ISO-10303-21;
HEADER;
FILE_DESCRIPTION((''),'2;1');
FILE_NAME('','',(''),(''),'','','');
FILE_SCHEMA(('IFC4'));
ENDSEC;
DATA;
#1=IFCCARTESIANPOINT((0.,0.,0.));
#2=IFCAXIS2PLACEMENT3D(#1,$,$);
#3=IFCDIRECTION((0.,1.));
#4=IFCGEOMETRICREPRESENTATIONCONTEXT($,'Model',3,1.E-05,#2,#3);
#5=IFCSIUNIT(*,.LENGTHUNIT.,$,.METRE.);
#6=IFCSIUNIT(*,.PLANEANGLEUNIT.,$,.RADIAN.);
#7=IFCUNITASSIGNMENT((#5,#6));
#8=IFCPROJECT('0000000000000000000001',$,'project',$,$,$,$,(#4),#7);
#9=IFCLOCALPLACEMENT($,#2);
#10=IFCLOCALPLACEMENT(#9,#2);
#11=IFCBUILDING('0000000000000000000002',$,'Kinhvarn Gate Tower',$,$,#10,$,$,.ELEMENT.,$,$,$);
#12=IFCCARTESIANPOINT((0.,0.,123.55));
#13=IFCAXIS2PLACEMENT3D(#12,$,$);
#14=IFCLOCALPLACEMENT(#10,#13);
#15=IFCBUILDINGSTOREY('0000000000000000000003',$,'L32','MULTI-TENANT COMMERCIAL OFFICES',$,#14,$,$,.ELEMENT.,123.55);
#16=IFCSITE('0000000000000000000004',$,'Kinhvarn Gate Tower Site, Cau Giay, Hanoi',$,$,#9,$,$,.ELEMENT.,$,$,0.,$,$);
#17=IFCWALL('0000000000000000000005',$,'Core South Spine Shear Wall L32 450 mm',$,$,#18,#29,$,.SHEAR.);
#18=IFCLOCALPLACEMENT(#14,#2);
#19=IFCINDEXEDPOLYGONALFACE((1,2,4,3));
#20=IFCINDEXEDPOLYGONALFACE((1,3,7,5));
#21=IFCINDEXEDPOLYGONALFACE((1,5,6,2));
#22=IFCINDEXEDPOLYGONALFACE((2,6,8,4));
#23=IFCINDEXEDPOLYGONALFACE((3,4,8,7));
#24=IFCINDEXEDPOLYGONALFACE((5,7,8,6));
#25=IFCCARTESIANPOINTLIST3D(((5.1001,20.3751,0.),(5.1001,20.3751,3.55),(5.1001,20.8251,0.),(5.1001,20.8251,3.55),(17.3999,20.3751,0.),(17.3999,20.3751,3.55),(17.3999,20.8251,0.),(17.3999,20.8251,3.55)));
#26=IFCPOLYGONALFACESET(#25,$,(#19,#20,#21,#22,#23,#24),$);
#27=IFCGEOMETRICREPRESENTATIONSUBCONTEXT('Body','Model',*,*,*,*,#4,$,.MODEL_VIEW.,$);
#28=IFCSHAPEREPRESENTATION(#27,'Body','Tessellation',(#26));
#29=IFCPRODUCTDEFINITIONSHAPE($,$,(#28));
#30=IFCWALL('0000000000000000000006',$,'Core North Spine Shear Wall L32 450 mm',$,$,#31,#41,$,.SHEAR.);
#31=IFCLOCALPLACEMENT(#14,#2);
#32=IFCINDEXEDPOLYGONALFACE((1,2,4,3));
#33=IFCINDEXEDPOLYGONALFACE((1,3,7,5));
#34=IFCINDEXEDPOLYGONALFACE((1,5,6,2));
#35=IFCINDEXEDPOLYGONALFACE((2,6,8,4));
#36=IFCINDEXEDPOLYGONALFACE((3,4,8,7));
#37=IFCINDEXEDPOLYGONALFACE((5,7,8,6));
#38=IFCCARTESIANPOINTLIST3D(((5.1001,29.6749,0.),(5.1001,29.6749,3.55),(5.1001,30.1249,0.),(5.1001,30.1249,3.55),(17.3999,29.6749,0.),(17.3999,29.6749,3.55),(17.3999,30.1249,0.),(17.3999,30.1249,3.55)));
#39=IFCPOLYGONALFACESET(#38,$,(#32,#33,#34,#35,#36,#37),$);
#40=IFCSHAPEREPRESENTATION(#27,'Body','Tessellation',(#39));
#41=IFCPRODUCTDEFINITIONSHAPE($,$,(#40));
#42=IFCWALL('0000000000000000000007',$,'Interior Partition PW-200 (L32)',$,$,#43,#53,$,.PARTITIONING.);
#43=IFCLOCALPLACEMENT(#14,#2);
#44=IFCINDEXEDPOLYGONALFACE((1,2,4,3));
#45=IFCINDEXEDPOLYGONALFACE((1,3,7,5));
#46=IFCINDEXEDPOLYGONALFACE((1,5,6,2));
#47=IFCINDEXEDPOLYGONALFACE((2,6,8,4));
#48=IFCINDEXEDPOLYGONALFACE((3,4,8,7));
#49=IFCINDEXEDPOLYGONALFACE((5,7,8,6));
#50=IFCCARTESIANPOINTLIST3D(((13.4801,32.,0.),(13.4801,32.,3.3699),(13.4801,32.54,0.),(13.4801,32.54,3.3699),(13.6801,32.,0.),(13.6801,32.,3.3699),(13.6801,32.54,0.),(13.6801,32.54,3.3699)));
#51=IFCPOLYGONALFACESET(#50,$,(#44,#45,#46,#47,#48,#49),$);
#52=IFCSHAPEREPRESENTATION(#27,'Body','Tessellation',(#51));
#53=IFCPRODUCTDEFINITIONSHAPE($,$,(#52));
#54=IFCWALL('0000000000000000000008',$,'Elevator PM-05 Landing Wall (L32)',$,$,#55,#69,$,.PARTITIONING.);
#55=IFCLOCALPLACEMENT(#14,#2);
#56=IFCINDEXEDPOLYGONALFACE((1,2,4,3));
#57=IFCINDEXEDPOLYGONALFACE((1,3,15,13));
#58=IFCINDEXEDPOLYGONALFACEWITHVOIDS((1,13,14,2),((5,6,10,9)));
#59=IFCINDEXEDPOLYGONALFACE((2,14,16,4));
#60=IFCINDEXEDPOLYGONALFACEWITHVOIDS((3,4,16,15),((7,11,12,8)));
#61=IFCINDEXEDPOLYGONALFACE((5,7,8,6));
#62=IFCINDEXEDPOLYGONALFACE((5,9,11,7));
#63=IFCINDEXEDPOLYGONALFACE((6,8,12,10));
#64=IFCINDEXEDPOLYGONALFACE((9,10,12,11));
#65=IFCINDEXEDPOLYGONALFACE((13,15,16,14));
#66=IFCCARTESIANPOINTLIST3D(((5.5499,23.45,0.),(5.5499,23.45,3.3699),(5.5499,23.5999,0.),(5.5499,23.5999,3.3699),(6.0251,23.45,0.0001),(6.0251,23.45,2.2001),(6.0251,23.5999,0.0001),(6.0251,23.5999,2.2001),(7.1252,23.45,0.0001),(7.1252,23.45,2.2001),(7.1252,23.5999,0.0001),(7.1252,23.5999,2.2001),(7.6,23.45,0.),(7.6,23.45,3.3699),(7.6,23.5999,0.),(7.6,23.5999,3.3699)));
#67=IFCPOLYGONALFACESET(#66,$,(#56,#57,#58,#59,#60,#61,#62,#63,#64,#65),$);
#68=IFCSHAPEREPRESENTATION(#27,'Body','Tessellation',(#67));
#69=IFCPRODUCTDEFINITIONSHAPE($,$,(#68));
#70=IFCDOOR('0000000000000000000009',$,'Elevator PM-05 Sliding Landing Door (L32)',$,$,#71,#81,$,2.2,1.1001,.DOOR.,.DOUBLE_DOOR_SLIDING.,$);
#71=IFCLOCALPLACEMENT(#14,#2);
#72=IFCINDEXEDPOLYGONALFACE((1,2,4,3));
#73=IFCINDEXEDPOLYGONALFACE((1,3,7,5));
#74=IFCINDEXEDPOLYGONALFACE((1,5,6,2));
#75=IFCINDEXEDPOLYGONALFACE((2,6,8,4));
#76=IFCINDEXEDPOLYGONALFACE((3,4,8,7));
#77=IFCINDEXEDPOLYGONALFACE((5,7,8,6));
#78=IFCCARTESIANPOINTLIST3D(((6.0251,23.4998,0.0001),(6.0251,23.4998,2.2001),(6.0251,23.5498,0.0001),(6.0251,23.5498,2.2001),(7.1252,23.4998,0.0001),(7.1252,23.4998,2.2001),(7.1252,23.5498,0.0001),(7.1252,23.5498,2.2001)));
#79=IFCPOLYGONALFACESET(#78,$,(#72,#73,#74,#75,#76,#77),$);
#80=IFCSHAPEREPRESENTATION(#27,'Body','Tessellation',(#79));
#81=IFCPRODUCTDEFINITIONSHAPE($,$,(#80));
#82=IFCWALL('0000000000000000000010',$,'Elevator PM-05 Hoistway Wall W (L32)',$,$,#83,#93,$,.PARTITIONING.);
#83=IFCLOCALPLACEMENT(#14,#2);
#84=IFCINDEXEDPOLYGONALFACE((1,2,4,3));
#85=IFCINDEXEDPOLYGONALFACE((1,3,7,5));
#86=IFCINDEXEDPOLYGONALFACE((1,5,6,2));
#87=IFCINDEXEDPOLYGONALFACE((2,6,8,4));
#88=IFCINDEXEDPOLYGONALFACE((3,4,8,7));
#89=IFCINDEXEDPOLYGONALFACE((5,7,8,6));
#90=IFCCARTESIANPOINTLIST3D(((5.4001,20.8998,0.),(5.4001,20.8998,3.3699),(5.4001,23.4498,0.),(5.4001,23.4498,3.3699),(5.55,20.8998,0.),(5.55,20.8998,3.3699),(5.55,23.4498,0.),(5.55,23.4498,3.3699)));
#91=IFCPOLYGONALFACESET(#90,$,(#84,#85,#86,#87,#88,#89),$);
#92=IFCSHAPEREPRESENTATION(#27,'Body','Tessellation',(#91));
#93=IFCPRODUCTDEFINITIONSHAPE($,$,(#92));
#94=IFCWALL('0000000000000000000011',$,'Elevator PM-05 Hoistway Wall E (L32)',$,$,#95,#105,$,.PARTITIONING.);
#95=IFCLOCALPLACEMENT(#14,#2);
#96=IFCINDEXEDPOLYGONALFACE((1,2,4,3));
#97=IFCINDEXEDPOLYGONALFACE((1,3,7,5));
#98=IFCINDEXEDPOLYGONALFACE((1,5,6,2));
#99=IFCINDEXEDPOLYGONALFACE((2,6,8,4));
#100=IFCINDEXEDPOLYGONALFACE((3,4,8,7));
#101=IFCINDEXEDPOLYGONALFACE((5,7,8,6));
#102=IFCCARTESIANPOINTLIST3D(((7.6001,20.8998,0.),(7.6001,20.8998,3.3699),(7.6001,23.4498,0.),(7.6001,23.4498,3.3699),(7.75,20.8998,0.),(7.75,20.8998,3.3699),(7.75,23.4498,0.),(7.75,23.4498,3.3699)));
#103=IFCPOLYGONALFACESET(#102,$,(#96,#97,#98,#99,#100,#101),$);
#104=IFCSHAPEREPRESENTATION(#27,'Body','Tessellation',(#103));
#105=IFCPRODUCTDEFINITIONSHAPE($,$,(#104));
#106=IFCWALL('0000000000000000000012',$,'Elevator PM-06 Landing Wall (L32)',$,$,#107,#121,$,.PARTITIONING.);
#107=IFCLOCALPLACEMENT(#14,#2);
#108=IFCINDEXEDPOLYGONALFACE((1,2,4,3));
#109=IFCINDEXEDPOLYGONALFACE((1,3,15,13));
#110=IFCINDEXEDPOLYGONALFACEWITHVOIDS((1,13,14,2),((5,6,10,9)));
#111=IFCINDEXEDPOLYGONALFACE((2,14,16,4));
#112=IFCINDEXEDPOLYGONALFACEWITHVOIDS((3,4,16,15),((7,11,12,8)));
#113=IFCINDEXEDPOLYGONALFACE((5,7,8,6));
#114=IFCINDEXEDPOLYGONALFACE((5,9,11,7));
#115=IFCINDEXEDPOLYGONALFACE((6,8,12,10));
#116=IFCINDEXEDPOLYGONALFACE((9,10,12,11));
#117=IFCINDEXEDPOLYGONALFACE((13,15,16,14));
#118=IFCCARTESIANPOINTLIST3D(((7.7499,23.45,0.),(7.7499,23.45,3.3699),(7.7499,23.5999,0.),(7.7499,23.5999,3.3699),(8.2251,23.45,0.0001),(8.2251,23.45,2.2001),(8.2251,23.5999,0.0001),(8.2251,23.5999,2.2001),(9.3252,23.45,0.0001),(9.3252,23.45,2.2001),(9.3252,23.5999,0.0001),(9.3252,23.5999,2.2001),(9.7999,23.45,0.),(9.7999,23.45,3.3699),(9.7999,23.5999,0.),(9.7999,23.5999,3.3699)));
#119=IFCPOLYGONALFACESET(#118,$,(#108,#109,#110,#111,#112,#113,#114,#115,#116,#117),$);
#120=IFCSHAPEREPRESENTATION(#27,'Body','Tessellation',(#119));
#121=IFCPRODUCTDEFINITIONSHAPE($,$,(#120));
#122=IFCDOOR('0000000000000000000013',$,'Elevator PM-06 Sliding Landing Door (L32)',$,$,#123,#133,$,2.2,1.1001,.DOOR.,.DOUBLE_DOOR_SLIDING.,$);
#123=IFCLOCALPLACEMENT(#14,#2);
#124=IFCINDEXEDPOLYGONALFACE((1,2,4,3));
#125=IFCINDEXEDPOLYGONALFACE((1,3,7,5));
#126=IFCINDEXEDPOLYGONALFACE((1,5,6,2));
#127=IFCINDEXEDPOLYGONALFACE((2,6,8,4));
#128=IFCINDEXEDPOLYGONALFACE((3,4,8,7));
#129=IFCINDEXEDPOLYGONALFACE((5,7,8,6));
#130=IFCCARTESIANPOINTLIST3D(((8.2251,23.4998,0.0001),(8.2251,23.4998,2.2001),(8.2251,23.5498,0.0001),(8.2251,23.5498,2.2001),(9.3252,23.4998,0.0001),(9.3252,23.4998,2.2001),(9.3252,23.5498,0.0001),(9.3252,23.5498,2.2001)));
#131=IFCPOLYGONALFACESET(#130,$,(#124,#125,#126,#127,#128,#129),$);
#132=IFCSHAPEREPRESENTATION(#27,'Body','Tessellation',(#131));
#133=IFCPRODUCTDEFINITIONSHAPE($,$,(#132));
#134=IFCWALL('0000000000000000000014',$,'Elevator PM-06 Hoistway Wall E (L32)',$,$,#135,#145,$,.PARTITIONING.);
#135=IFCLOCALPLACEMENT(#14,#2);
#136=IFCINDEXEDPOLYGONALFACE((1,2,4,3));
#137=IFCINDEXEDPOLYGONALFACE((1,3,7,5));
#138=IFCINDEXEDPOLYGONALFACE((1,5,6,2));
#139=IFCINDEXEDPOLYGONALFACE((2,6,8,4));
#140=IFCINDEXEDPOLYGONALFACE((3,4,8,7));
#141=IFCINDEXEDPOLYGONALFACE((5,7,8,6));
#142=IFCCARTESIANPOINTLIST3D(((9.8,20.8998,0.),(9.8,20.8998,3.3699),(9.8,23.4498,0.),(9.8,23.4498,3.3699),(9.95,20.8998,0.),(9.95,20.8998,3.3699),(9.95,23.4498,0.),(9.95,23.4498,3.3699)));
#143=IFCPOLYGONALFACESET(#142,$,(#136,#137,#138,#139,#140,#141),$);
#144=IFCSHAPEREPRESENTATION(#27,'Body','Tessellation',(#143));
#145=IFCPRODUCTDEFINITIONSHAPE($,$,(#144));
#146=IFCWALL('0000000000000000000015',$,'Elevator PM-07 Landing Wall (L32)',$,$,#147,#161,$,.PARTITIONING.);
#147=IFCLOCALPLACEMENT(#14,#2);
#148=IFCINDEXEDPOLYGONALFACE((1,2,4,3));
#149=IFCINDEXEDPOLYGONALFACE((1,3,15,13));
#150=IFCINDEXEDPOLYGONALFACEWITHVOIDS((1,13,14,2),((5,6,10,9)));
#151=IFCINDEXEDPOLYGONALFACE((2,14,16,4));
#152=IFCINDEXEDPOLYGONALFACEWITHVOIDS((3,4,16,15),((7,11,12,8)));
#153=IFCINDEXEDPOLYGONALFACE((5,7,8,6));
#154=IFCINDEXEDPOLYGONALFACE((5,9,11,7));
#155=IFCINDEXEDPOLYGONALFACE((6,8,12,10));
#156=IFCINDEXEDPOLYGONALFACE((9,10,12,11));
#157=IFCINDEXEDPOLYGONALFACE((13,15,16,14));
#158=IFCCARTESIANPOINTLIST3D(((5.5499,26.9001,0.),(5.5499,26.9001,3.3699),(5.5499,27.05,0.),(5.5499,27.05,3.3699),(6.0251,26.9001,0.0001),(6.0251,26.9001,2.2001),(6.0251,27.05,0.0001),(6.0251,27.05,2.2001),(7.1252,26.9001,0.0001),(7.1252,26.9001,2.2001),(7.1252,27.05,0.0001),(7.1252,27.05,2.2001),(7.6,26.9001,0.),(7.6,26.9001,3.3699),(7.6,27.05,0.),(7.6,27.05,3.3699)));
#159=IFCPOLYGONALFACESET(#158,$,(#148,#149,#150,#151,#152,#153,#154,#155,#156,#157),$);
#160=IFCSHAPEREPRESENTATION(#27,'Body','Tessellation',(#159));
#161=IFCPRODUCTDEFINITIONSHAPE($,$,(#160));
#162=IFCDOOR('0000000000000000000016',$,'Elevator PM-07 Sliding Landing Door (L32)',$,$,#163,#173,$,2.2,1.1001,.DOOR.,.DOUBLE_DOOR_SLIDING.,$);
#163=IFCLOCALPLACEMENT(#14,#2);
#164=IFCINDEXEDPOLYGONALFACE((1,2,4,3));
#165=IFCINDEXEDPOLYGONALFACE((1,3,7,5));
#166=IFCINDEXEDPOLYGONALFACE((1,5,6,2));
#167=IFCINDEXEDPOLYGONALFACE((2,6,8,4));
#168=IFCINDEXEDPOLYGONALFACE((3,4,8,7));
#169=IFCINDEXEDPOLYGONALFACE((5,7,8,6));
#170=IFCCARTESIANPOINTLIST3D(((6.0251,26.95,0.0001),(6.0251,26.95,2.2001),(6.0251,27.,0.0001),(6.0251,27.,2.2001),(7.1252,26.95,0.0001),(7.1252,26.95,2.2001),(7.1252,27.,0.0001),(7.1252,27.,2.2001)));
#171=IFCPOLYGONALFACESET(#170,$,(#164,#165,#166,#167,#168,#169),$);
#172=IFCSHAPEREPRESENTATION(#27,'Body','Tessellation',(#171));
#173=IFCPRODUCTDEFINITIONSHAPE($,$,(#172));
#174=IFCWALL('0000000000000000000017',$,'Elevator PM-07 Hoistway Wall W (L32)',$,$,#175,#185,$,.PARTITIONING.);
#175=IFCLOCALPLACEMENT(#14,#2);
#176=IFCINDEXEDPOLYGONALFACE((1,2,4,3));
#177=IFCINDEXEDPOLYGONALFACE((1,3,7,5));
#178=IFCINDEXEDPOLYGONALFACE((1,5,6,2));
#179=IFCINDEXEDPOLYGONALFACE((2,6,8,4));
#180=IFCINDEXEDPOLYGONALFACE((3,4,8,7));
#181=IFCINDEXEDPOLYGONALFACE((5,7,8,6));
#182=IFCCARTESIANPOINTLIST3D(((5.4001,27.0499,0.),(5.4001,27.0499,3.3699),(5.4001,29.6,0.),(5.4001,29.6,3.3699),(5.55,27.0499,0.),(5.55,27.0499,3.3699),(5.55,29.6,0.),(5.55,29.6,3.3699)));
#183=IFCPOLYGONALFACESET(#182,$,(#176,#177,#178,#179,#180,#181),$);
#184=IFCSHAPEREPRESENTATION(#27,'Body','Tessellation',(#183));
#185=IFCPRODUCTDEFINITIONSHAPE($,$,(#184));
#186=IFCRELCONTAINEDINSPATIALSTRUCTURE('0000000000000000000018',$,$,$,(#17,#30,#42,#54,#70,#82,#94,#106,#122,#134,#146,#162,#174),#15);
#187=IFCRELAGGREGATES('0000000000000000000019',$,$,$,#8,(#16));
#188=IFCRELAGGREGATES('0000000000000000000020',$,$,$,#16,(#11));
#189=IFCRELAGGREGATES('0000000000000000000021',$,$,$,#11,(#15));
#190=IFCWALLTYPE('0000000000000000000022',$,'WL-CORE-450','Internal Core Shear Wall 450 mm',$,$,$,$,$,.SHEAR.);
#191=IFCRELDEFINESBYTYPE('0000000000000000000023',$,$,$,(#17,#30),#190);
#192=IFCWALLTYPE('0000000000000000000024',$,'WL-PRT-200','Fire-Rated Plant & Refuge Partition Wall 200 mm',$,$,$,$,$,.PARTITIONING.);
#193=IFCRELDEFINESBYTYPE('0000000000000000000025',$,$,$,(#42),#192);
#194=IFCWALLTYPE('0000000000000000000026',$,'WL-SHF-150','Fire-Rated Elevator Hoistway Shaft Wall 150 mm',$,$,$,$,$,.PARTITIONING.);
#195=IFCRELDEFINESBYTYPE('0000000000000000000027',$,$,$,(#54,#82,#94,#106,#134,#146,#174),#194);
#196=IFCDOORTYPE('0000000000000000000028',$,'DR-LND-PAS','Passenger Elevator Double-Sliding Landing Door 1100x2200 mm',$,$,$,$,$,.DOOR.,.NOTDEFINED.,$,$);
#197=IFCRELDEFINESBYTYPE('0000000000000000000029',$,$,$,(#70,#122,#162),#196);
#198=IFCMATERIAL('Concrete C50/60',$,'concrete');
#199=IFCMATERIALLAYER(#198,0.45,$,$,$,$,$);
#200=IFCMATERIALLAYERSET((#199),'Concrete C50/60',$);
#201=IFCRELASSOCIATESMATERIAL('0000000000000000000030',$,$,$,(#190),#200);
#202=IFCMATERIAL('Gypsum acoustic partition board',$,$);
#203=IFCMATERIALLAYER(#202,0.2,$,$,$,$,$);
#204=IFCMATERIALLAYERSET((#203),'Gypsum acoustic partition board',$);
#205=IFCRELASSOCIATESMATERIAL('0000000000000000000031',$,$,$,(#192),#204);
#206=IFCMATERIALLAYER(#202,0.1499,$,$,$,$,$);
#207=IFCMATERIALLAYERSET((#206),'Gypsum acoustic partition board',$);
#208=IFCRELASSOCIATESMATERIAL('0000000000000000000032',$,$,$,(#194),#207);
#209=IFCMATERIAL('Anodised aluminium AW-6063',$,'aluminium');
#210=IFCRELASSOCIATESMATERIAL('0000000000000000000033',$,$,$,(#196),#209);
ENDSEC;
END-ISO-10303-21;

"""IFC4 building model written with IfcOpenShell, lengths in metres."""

from ifc_helpers import new_model, si_unit, direction, frame, frame_2d, origin, place, context, subcontext, project, spatial, rectangle, extrude, material, layer, layer_set, type_object, element, fill, save


model = new_model("IFC4")

# Units and contexts
model_context = context("Model", 3, precision=1e-05, world=origin(), true_north=direction((0.0, 1.0)))
body_context = subcontext(model_context, "Body", "Model", "MODEL_VIEW")
ifc_project = project(units=[si_unit("LENGTHUNIT", "METRE"), si_unit("PLANEANGLEUNIT", "RADIAN")], contexts=[model_context])

# Site, building, storey
site_placement = place(None, origin())
site = spatial("IfcSite", under=ifc_project, at=site_placement, Name="Kinhvarn Gate Tower Site, Cau Giay, Hanoi", CompositionType="ELEMENT", RefElevation=0.0)
building_placement = place(site_placement, origin())
building = spatial("IfcBuilding", under=site, at=building_placement, Name="Kinhvarn Gate Tower", CompositionType="ELEMENT")
storey_placement = place(building_placement, frame((0.0, 0.0, 123.55)))
storey = spatial("IfcBuildingStorey", under=building, at=storey_placement, Name="L32", Description="MULTI-TENANT COMMERCIAL OFFICES", CompositionType="ELEMENT", Elevation=123.55)

# Walls
ifc_material_1 = material(Name="Concrete C50/60", Category="concrete")
ifc_layer_1 = layer(ifc_material_1, 0.45)
ifc_layer_set_1 = layer_set([ifc_layer_1], Name="Concrete C50/60")
wall_type_1 = type_object("IfcWallType", Name="WL-CORE-450", Description="Internal Core Shear Wall 450 mm", PredefinedType="SHEAR", material=ifc_layer_set_1)
for number, where, z_axis, x_axis, name in (
    (1, (5.1001, 20.6001, 0.0), (0.0, 0.0, 1.0), (1.0, 0.0, 0.0), "Core South Spine Shear Wall L32 450 mm"),
    (2, (5.1001, 29.8999, 0.0), (0.0, 0.0, 1.0), (1.0, 0.0, 0.0), "Core North Spine Shear Wall L32 450 mm"),
):
    element("IfcWall", number, at=place(storey_placement, frame(where, z_axis=z_axis, x_axis=x_axis)), inside=storey, type_object=wall_type_1, Name=name, PredefinedType="SHEAR", context=body_context, shape_type="SweptSolid", body=[
        extrude(rectangle(XDim=12.2998, YDim=0.45, at=frame_2d((6.1499, 0.0))), origin(), (0.0, 0.0, 1.0), 3.55),
    ])
ifc_material_2 = material(Name="Gypsum acoustic partition board")
ifc_layer_2 = layer(ifc_material_2, 0.2)
ifc_layer_set_2 = layer_set([ifc_layer_2], Name="Gypsum acoustic partition board")
wall_type_2 = type_object("IfcWallType", Name="WL-PRT-200", Description="Fire-Rated Plant & Refuge Partition Wall 200 mm", PredefinedType="PARTITIONING", material=ifc_layer_set_2)
wall_1_placement = place(storey_placement, frame((13.5801, 32.0, 0.0), z_axis=(0.0, 0.0, 1.0), x_axis=(0.0, 1.0, 0.0)))
element("IfcWall", 3, at=wall_1_placement, inside=storey, type_object=wall_type_2, Name="Interior Partition PW-200 (L32)", PredefinedType="PARTITIONING", context=body_context, shape_type="SweptSolid", body=[
    extrude(rectangle(XDim=0.54, YDim=0.2, at=frame_2d((0.27, 0.0))), origin(), (0.0, 0.0, 1.0), 3.3699),
])

# Wall, opening, door
ifc_layer_3 = layer(ifc_material_2, 0.1499)
ifc_layer_set_3 = layer_set([ifc_layer_3], Name="Gypsum acoustic partition board")
wall_type_3 = type_object("IfcWallType", Name="WL-SHF-150", Description="Fire-Rated Elevator Hoistway Shaft Wall 150 mm", PredefinedType="PARTITIONING", material=ifc_layer_set_3)
wall_2_placement = place(storey_placement, frame((5.55, 23.5249, 0.0), z_axis=(0.0, 0.0, 1.0), x_axis=(1.0, 0.0, 0.0)))
wall_2 = element("IfcWall", 4, at=wall_2_placement, inside=storey, type_object=wall_type_3, Name="Elevator PM-05 Landing Wall (L32)", PredefinedType="PARTITIONING", context=body_context, shape_type="SweptSolid", body=[
    extrude(rectangle(XDim=2.05, YDim=0.1499, at=frame_2d((1.0249, 0.0))), origin(), (0.0, 0.0, 1.0), 3.3699),
])
opening_1_placement = place(wall_2_placement, frame((0.4751, 0.0, 0.0)))
opening_1 = element("IfcOpeningElement", 5, at=opening_1_placement, cuts=wall_2, PredefinedType="OPENING", context=body_context, shape_type="SweptSolid", body=[
    extrude(rectangle(XDim=1.1001, YDim=2.2, at=frame_2d((0.55, 1.1001))), frame((0.0, 0.085, 0.0), z_axis=(0.0, -1.0, 0.0), x_axis=(1.0, 0.0, 0.0)), (0.0, 0.0, 1.0), 0.1699),
])
ifc_material_3 = material(Name="Anodised aluminium AW-6063", Category="aluminium")
door_type_1 = type_object("IfcDoorType", Name="DR-LND-PAS", Description="Passenger Elevator Double-Sliding Landing Door 1100x2200 mm", OperationType="NOTDEFINED", PredefinedType="DOOR", material=ifc_material_3)
door_1_placement = place(opening_1_placement, origin())
door_1 = element("IfcDoor", 6, at=door_1_placement, inside=storey, type_object=door_type_1, Name="Elevator PM-05 Sliding Landing Door (L32)", OperationType="DOUBLE_DOOR_SLIDING", OverallHeight=2.2, OverallWidth=1.1001, PredefinedType="DOOR", context=body_context, shape_type="SweptSolid", body=[
    extrude(rectangle(XDim=1.1001, YDim=2.2, at=frame_2d((0.55, 1.1001))), frame((0.0, 0.0249, 0.0), z_axis=(0.0, -1.0, 0.0), x_axis=(1.0, 0.0, 0.0)), (0.0, 0.0, 1.0), 0.05),
])
fill(opening_1, door_1)

# Walls
for number, where, z_axis, x_axis, name in (
    (7, (5.4751, 20.8999, 0.0), (0.0, 0.0, 1.0), (0.0, 1.0, 0.0), "Elevator PM-05 Hoistway Wall W (L32)"),
    (8, (7.675, 20.8999, 0.0), (0.0, 0.0, 1.0), (0.0, 1.0, 0.0), "Elevator PM-05 Hoistway Wall E (L32)"),
):
    element("IfcWall", number, at=place(storey_placement, frame(where, z_axis=z_axis, x_axis=x_axis)), inside=storey, type_object=wall_type_3, Name=name, PredefinedType="PARTITIONING", context=body_context, shape_type="SweptSolid", body=[
        extrude(rectangle(XDim=2.55, YDim=0.1499, at=frame_2d((1.2749, 0.0))), origin(), (0.0, 0.0, 1.0), 3.3699),
    ])

# Wall, opening, door
wall_3_placement = place(storey_placement, frame((7.75, 23.5249, 0.0), z_axis=(0.0, 0.0, 1.0), x_axis=(1.0, 0.0, 0.0)))
wall_3 = element("IfcWall", 9, at=wall_3_placement, inside=storey, type_object=wall_type_3, Name="Elevator PM-06 Landing Wall (L32)", PredefinedType="PARTITIONING", context=body_context, shape_type="SweptSolid", body=[
    extrude(rectangle(XDim=2.05, YDim=0.1499, at=frame_2d((1.0249, 0.0))), origin(), (0.0, 0.0, 1.0), 3.3699),
])
opening_2_placement = place(wall_3_placement, frame((0.4751, 0.0, 0.0)))
opening_2 = element("IfcOpeningElement", 10, at=opening_2_placement, cuts=wall_3, PredefinedType="OPENING", context=body_context, shape_type="SweptSolid", body=[
    extrude(rectangle(XDim=1.1001, YDim=2.2, at=frame_2d((0.55, 1.1001))), frame((0.0, 0.085, 0.0), z_axis=(0.0, -1.0, 0.0), x_axis=(1.0, 0.0, 0.0)), (0.0, 0.0, 1.0), 0.1699),
])
door_2_placement = place(opening_2_placement, origin())
door_2 = element("IfcDoor", 11, at=door_2_placement, inside=storey, type_object=door_type_1, Name="Elevator PM-06 Sliding Landing Door (L32)", OperationType="DOUBLE_DOOR_SLIDING", OverallHeight=2.2, OverallWidth=1.1001, PredefinedType="DOOR", context=body_context, shape_type="SweptSolid", body=[
    extrude(rectangle(XDim=1.1001, YDim=2.2, at=frame_2d((0.55, 1.1001))), frame((0.0, 0.0249, 0.0), z_axis=(0.0, -1.0, 0.0), x_axis=(1.0, 0.0, 0.0)), (0.0, 0.0, 1.0), 0.05),
])
fill(opening_2, door_2)

# Wall
wall_4_placement = place(storey_placement, frame((9.875, 20.8999, 0.0), z_axis=(0.0, 0.0, 1.0), x_axis=(0.0, 1.0, 0.0)))
element("IfcWall", 12, at=wall_4_placement, inside=storey, type_object=wall_type_3, Name="Elevator PM-06 Hoistway Wall E (L32)", PredefinedType="PARTITIONING", context=body_context, shape_type="SweptSolid", body=[
    extrude(rectangle(XDim=2.55, YDim=0.1499, at=frame_2d((1.2749, 0.0))), origin(), (0.0, 0.0, 1.0), 3.3699),
])

# Wall, opening, door
wall_5_placement = place(storey_placement, frame((5.55, 26.9751, 0.0), z_axis=(0.0, 0.0, 1.0), x_axis=(1.0, 0.0, 0.0)))
wall_5 = element("IfcWall", 13, at=wall_5_placement, inside=storey, type_object=wall_type_3, Name="Elevator PM-07 Landing Wall (L32)", PredefinedType="PARTITIONING", context=body_context, shape_type="SweptSolid", body=[
    extrude(rectangle(XDim=2.05, YDim=0.1499, at=frame_2d((1.0249, 0.0))), origin(), (0.0, 0.0, 1.0), 3.3699),
])
opening_3_placement = place(wall_5_placement, frame((0.4751, 0.0, 0.0)))
opening_3 = element("IfcOpeningElement", 14, at=opening_3_placement, cuts=wall_5, PredefinedType="OPENING", context=body_context, shape_type="SweptSolid", body=[
    extrude(rectangle(XDim=1.1001, YDim=2.2, at=frame_2d((0.55, 1.1001))), frame((0.0, 0.085, 0.0), z_axis=(0.0, -1.0, 0.0), x_axis=(1.0, 0.0, 0.0)), (0.0, 0.0, 1.0), 0.1699),
])
door_3_placement = place(opening_3_placement, origin())
door_3 = element("IfcDoor", 15, at=door_3_placement, inside=storey, type_object=door_type_1, Name="Elevator PM-07 Sliding Landing Door (L32)", OperationType="DOUBLE_DOOR_SLIDING", OverallHeight=2.2, OverallWidth=1.1001, PredefinedType="DOOR", context=body_context, shape_type="SweptSolid", body=[
    extrude(rectangle(XDim=1.1001, YDim=2.2, at=frame_2d((0.55, 1.1001))), frame((0.0, 0.0249, 0.0), z_axis=(0.0, -1.0, 0.0), x_axis=(1.0, 0.0, 0.0)), (0.0, 0.0, 1.0), 0.05),
])
fill(opening_3, door_3)

# Wall
for number, where, z_axis, x_axis, name in (
    (16, (5.4751, 27.05, 0.0), (0.0, 0.0, 1.0), (0.0, 1.0, 0.0), "Elevator PM-07 Hoistway Wall W (L32)"),
):
    element("IfcWall", number, at=place(storey_placement, frame(where, z_axis=z_axis, x_axis=x_axis)), inside=storey, type_object=wall_type_3, Name=name, PredefinedType="PARTITIONING", context=body_context, shape_type="SweptSolid", body=[
        extrude(rectangle(XDim=2.55, YDim=0.1499, at=frame_2d((1.2749, 0.0))), origin(), (0.0, 0.0, 1.0), 3.3699),
    ])

save(model, "model.ifc")
